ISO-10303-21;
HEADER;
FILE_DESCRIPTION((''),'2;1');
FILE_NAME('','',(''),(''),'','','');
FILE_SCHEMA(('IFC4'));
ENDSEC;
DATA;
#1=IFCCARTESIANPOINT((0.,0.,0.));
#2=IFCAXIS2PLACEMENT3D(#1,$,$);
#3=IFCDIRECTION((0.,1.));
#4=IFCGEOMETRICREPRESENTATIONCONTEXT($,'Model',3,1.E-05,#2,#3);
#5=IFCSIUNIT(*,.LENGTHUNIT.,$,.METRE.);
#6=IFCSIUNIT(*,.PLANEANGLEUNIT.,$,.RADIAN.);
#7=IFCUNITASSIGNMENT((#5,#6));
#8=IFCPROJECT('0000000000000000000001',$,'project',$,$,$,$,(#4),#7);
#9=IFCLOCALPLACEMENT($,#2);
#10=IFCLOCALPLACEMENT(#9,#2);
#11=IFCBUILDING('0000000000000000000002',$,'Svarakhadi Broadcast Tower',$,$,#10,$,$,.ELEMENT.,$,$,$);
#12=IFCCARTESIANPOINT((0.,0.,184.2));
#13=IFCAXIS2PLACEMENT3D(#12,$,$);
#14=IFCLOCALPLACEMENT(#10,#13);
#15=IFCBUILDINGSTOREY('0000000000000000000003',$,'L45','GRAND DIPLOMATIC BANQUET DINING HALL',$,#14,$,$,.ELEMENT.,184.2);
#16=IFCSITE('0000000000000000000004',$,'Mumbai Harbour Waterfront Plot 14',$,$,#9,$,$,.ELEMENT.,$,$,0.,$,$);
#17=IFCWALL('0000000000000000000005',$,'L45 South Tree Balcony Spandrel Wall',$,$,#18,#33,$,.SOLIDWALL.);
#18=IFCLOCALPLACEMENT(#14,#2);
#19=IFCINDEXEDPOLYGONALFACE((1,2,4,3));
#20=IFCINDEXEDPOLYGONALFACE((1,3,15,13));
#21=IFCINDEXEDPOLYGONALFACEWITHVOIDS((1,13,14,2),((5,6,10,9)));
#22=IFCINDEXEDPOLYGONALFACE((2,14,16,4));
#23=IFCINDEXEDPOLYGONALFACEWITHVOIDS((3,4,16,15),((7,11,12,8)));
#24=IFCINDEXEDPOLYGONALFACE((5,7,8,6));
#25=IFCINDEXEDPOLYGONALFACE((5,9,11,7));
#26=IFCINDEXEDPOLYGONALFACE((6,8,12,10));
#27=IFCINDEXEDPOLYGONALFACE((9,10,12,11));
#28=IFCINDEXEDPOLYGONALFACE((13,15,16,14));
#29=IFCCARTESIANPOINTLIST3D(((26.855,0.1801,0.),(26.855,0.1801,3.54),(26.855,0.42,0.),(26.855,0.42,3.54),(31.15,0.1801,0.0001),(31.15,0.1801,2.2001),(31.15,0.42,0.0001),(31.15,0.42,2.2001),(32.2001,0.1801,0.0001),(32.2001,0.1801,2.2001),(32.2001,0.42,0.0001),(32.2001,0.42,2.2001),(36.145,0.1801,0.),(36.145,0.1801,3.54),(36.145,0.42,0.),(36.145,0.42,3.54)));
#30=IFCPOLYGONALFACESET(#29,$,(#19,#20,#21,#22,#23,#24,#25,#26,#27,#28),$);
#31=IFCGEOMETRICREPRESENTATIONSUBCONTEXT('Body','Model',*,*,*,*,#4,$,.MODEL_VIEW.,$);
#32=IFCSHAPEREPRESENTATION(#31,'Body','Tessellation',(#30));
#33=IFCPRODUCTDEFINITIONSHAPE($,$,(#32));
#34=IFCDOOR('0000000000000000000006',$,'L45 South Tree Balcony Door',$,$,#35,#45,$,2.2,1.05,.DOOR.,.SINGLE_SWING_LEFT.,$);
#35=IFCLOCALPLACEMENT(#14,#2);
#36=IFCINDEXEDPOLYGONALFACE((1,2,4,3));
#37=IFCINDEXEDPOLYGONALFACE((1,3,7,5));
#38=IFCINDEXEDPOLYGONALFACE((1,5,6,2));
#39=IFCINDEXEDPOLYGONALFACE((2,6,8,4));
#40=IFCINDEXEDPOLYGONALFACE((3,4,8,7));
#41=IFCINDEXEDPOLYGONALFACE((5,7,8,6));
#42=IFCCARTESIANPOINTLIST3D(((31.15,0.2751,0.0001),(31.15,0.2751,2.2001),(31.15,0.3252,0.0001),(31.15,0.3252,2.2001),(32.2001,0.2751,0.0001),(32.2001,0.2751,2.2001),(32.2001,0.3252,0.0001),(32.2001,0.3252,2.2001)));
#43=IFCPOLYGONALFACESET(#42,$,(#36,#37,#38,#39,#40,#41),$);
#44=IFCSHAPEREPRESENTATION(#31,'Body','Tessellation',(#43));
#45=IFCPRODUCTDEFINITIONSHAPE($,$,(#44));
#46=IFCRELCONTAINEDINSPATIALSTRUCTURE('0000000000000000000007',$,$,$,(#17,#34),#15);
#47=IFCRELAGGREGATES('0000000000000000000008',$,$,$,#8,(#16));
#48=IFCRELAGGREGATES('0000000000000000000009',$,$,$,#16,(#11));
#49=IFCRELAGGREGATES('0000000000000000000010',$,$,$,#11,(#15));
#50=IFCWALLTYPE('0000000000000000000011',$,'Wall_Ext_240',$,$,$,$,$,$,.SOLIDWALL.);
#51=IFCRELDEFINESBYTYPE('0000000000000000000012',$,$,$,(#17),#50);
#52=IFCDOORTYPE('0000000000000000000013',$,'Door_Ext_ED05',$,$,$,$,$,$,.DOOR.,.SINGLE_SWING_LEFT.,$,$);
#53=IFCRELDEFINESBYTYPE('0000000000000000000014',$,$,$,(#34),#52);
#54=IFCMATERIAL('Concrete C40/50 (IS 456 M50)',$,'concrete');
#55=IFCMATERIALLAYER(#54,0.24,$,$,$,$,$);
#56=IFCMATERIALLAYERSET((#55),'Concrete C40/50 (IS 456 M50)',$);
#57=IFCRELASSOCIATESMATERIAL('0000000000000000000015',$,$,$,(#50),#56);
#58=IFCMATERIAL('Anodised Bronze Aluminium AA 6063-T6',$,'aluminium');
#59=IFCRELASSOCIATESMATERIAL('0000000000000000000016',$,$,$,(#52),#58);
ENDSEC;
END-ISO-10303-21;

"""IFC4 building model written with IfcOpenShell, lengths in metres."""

from ifc_helpers import new_model, si_unit, direction, frame, frame_2d, origin, place, context, subcontext, project, spatial, rectangle, extrude, material, layer, layer_set, type_object, element, fill, save


model = new_model("IFC4")

# Units and contexts
model_context = context("Model", 3, precision=1e-05, world=origin(), true_north=direction((0.0, 1.0)))
body_context = subcontext(model_context, "Body", "Model", "MODEL_VIEW")
ifc_project = project(units=[si_unit("LENGTHUNIT", "METRE"), si_unit("PLANEANGLEUNIT", "RADIAN")], contexts=[model_context])

# Site, building, storey
site_placement = place(None, origin())
site = spatial("IfcSite", under=ifc_project, at=site_placement, Name="Mumbai Harbour Waterfront Plot 14", CompositionType="ELEMENT", RefElevation=0.0)
building_placement = place(site_placement, origin())
building = spatial("IfcBuilding", under=site, at=building_placement, Name="Svarakhadi Broadcast Tower", CompositionType="ELEMENT")
storey_placement = place(building_placement, frame((0.0, 0.0, 184.2)))
storey = spatial("IfcBuildingStorey", under=building, at=storey_placement, Name="L45", Description="GRAND DIPLOMATIC BANQUET DINING HALL", CompositionType="ELEMENT", Elevation=184.2)

# Shared definitions
ifc_material_1 = material(Name="Anodised Bronze Aluminium AA 6063-T6", Category="aluminium")

# Wall, opening, door
ifc_material_2 = material(Name="Concrete C40/50 (IS 456 M50)", Category="concrete")
ifc_layer_1 = layer(ifc_material_2, 0.24)
ifc_layer_set_1 = layer_set([ifc_layer_1], Name="Concrete C40/50 (IS 456 M50)")
wall_type_1 = type_object("IfcWallType", Name="Wall_Ext_240", PredefinedType="SOLIDWALL", material=ifc_layer_set_1)
wall_1_placement = place(storey_placement, frame((36.145, 0.3, 0.0), z_axis=(0.0, 0.0, 1.0), x_axis=(-1.0, 0.0, 0.0)))
wall_1 = element("IfcWall", 1, at=wall_1_placement, inside=storey, type_object=wall_type_1, Name="L45 South Tree Balcony Spandrel Wall", PredefinedType="SOLIDWALL", context=body_context, shape_type="SweptSolid", body=[
    extrude(rectangle(XDim=9.29, YDim=0.24, at=frame_2d((4.645, 0.0))), origin(), (0.0, 0.0, 1.0), 3.54),
])
opening_placement = place(wall_1_placement, frame((3.9451, 0.0, 0.0)))
opening = element("IfcOpeningElement", 2, at=opening_placement, cuts=wall_1, PredefinedType="OPENING", context=body_context, shape_type="SweptSolid", body=[
    extrude(rectangle(XDim=1.05, YDim=2.2, at=frame_2d((0.5249, 1.1001))), frame((0.0, 0.1299, 0.0), z_axis=(0.0, -1.0, 0.0), x_axis=(1.0, 0.0, 0.0)), (0.0, 0.0, 1.0), 0.26),
])
door_type = type_object("IfcDoorType", Name="Door_Ext_ED05", OperationType="SINGLE_SWING_LEFT", PredefinedType="DOOR", material=ifc_material_1)
door_placement = place(opening_placement, origin())
door = element("IfcDoor", 3, at=door_placement, inside=storey, type_object=door_type, Name="L45 South Tree Balcony Door", OperationType="SINGLE_SWING_LEFT", OverallHeight=2.2, OverallWidth=1.05, PredefinedType="DOOR", context=body_context, shape_type="SweptSolid", body=[
    extrude(rectangle(XDim=1.05, YDim=2.2, at=frame_2d((0.5249, 1.1001))), frame((0.0, 0.0249, 0.0), z_axis=(0.0, -1.0, 0.0), x_axis=(1.0, 0.0, 0.0)), (0.0, 0.0, 1.0), 0.05),
])
fill(opening, door)

save(model, "model.ifc")
